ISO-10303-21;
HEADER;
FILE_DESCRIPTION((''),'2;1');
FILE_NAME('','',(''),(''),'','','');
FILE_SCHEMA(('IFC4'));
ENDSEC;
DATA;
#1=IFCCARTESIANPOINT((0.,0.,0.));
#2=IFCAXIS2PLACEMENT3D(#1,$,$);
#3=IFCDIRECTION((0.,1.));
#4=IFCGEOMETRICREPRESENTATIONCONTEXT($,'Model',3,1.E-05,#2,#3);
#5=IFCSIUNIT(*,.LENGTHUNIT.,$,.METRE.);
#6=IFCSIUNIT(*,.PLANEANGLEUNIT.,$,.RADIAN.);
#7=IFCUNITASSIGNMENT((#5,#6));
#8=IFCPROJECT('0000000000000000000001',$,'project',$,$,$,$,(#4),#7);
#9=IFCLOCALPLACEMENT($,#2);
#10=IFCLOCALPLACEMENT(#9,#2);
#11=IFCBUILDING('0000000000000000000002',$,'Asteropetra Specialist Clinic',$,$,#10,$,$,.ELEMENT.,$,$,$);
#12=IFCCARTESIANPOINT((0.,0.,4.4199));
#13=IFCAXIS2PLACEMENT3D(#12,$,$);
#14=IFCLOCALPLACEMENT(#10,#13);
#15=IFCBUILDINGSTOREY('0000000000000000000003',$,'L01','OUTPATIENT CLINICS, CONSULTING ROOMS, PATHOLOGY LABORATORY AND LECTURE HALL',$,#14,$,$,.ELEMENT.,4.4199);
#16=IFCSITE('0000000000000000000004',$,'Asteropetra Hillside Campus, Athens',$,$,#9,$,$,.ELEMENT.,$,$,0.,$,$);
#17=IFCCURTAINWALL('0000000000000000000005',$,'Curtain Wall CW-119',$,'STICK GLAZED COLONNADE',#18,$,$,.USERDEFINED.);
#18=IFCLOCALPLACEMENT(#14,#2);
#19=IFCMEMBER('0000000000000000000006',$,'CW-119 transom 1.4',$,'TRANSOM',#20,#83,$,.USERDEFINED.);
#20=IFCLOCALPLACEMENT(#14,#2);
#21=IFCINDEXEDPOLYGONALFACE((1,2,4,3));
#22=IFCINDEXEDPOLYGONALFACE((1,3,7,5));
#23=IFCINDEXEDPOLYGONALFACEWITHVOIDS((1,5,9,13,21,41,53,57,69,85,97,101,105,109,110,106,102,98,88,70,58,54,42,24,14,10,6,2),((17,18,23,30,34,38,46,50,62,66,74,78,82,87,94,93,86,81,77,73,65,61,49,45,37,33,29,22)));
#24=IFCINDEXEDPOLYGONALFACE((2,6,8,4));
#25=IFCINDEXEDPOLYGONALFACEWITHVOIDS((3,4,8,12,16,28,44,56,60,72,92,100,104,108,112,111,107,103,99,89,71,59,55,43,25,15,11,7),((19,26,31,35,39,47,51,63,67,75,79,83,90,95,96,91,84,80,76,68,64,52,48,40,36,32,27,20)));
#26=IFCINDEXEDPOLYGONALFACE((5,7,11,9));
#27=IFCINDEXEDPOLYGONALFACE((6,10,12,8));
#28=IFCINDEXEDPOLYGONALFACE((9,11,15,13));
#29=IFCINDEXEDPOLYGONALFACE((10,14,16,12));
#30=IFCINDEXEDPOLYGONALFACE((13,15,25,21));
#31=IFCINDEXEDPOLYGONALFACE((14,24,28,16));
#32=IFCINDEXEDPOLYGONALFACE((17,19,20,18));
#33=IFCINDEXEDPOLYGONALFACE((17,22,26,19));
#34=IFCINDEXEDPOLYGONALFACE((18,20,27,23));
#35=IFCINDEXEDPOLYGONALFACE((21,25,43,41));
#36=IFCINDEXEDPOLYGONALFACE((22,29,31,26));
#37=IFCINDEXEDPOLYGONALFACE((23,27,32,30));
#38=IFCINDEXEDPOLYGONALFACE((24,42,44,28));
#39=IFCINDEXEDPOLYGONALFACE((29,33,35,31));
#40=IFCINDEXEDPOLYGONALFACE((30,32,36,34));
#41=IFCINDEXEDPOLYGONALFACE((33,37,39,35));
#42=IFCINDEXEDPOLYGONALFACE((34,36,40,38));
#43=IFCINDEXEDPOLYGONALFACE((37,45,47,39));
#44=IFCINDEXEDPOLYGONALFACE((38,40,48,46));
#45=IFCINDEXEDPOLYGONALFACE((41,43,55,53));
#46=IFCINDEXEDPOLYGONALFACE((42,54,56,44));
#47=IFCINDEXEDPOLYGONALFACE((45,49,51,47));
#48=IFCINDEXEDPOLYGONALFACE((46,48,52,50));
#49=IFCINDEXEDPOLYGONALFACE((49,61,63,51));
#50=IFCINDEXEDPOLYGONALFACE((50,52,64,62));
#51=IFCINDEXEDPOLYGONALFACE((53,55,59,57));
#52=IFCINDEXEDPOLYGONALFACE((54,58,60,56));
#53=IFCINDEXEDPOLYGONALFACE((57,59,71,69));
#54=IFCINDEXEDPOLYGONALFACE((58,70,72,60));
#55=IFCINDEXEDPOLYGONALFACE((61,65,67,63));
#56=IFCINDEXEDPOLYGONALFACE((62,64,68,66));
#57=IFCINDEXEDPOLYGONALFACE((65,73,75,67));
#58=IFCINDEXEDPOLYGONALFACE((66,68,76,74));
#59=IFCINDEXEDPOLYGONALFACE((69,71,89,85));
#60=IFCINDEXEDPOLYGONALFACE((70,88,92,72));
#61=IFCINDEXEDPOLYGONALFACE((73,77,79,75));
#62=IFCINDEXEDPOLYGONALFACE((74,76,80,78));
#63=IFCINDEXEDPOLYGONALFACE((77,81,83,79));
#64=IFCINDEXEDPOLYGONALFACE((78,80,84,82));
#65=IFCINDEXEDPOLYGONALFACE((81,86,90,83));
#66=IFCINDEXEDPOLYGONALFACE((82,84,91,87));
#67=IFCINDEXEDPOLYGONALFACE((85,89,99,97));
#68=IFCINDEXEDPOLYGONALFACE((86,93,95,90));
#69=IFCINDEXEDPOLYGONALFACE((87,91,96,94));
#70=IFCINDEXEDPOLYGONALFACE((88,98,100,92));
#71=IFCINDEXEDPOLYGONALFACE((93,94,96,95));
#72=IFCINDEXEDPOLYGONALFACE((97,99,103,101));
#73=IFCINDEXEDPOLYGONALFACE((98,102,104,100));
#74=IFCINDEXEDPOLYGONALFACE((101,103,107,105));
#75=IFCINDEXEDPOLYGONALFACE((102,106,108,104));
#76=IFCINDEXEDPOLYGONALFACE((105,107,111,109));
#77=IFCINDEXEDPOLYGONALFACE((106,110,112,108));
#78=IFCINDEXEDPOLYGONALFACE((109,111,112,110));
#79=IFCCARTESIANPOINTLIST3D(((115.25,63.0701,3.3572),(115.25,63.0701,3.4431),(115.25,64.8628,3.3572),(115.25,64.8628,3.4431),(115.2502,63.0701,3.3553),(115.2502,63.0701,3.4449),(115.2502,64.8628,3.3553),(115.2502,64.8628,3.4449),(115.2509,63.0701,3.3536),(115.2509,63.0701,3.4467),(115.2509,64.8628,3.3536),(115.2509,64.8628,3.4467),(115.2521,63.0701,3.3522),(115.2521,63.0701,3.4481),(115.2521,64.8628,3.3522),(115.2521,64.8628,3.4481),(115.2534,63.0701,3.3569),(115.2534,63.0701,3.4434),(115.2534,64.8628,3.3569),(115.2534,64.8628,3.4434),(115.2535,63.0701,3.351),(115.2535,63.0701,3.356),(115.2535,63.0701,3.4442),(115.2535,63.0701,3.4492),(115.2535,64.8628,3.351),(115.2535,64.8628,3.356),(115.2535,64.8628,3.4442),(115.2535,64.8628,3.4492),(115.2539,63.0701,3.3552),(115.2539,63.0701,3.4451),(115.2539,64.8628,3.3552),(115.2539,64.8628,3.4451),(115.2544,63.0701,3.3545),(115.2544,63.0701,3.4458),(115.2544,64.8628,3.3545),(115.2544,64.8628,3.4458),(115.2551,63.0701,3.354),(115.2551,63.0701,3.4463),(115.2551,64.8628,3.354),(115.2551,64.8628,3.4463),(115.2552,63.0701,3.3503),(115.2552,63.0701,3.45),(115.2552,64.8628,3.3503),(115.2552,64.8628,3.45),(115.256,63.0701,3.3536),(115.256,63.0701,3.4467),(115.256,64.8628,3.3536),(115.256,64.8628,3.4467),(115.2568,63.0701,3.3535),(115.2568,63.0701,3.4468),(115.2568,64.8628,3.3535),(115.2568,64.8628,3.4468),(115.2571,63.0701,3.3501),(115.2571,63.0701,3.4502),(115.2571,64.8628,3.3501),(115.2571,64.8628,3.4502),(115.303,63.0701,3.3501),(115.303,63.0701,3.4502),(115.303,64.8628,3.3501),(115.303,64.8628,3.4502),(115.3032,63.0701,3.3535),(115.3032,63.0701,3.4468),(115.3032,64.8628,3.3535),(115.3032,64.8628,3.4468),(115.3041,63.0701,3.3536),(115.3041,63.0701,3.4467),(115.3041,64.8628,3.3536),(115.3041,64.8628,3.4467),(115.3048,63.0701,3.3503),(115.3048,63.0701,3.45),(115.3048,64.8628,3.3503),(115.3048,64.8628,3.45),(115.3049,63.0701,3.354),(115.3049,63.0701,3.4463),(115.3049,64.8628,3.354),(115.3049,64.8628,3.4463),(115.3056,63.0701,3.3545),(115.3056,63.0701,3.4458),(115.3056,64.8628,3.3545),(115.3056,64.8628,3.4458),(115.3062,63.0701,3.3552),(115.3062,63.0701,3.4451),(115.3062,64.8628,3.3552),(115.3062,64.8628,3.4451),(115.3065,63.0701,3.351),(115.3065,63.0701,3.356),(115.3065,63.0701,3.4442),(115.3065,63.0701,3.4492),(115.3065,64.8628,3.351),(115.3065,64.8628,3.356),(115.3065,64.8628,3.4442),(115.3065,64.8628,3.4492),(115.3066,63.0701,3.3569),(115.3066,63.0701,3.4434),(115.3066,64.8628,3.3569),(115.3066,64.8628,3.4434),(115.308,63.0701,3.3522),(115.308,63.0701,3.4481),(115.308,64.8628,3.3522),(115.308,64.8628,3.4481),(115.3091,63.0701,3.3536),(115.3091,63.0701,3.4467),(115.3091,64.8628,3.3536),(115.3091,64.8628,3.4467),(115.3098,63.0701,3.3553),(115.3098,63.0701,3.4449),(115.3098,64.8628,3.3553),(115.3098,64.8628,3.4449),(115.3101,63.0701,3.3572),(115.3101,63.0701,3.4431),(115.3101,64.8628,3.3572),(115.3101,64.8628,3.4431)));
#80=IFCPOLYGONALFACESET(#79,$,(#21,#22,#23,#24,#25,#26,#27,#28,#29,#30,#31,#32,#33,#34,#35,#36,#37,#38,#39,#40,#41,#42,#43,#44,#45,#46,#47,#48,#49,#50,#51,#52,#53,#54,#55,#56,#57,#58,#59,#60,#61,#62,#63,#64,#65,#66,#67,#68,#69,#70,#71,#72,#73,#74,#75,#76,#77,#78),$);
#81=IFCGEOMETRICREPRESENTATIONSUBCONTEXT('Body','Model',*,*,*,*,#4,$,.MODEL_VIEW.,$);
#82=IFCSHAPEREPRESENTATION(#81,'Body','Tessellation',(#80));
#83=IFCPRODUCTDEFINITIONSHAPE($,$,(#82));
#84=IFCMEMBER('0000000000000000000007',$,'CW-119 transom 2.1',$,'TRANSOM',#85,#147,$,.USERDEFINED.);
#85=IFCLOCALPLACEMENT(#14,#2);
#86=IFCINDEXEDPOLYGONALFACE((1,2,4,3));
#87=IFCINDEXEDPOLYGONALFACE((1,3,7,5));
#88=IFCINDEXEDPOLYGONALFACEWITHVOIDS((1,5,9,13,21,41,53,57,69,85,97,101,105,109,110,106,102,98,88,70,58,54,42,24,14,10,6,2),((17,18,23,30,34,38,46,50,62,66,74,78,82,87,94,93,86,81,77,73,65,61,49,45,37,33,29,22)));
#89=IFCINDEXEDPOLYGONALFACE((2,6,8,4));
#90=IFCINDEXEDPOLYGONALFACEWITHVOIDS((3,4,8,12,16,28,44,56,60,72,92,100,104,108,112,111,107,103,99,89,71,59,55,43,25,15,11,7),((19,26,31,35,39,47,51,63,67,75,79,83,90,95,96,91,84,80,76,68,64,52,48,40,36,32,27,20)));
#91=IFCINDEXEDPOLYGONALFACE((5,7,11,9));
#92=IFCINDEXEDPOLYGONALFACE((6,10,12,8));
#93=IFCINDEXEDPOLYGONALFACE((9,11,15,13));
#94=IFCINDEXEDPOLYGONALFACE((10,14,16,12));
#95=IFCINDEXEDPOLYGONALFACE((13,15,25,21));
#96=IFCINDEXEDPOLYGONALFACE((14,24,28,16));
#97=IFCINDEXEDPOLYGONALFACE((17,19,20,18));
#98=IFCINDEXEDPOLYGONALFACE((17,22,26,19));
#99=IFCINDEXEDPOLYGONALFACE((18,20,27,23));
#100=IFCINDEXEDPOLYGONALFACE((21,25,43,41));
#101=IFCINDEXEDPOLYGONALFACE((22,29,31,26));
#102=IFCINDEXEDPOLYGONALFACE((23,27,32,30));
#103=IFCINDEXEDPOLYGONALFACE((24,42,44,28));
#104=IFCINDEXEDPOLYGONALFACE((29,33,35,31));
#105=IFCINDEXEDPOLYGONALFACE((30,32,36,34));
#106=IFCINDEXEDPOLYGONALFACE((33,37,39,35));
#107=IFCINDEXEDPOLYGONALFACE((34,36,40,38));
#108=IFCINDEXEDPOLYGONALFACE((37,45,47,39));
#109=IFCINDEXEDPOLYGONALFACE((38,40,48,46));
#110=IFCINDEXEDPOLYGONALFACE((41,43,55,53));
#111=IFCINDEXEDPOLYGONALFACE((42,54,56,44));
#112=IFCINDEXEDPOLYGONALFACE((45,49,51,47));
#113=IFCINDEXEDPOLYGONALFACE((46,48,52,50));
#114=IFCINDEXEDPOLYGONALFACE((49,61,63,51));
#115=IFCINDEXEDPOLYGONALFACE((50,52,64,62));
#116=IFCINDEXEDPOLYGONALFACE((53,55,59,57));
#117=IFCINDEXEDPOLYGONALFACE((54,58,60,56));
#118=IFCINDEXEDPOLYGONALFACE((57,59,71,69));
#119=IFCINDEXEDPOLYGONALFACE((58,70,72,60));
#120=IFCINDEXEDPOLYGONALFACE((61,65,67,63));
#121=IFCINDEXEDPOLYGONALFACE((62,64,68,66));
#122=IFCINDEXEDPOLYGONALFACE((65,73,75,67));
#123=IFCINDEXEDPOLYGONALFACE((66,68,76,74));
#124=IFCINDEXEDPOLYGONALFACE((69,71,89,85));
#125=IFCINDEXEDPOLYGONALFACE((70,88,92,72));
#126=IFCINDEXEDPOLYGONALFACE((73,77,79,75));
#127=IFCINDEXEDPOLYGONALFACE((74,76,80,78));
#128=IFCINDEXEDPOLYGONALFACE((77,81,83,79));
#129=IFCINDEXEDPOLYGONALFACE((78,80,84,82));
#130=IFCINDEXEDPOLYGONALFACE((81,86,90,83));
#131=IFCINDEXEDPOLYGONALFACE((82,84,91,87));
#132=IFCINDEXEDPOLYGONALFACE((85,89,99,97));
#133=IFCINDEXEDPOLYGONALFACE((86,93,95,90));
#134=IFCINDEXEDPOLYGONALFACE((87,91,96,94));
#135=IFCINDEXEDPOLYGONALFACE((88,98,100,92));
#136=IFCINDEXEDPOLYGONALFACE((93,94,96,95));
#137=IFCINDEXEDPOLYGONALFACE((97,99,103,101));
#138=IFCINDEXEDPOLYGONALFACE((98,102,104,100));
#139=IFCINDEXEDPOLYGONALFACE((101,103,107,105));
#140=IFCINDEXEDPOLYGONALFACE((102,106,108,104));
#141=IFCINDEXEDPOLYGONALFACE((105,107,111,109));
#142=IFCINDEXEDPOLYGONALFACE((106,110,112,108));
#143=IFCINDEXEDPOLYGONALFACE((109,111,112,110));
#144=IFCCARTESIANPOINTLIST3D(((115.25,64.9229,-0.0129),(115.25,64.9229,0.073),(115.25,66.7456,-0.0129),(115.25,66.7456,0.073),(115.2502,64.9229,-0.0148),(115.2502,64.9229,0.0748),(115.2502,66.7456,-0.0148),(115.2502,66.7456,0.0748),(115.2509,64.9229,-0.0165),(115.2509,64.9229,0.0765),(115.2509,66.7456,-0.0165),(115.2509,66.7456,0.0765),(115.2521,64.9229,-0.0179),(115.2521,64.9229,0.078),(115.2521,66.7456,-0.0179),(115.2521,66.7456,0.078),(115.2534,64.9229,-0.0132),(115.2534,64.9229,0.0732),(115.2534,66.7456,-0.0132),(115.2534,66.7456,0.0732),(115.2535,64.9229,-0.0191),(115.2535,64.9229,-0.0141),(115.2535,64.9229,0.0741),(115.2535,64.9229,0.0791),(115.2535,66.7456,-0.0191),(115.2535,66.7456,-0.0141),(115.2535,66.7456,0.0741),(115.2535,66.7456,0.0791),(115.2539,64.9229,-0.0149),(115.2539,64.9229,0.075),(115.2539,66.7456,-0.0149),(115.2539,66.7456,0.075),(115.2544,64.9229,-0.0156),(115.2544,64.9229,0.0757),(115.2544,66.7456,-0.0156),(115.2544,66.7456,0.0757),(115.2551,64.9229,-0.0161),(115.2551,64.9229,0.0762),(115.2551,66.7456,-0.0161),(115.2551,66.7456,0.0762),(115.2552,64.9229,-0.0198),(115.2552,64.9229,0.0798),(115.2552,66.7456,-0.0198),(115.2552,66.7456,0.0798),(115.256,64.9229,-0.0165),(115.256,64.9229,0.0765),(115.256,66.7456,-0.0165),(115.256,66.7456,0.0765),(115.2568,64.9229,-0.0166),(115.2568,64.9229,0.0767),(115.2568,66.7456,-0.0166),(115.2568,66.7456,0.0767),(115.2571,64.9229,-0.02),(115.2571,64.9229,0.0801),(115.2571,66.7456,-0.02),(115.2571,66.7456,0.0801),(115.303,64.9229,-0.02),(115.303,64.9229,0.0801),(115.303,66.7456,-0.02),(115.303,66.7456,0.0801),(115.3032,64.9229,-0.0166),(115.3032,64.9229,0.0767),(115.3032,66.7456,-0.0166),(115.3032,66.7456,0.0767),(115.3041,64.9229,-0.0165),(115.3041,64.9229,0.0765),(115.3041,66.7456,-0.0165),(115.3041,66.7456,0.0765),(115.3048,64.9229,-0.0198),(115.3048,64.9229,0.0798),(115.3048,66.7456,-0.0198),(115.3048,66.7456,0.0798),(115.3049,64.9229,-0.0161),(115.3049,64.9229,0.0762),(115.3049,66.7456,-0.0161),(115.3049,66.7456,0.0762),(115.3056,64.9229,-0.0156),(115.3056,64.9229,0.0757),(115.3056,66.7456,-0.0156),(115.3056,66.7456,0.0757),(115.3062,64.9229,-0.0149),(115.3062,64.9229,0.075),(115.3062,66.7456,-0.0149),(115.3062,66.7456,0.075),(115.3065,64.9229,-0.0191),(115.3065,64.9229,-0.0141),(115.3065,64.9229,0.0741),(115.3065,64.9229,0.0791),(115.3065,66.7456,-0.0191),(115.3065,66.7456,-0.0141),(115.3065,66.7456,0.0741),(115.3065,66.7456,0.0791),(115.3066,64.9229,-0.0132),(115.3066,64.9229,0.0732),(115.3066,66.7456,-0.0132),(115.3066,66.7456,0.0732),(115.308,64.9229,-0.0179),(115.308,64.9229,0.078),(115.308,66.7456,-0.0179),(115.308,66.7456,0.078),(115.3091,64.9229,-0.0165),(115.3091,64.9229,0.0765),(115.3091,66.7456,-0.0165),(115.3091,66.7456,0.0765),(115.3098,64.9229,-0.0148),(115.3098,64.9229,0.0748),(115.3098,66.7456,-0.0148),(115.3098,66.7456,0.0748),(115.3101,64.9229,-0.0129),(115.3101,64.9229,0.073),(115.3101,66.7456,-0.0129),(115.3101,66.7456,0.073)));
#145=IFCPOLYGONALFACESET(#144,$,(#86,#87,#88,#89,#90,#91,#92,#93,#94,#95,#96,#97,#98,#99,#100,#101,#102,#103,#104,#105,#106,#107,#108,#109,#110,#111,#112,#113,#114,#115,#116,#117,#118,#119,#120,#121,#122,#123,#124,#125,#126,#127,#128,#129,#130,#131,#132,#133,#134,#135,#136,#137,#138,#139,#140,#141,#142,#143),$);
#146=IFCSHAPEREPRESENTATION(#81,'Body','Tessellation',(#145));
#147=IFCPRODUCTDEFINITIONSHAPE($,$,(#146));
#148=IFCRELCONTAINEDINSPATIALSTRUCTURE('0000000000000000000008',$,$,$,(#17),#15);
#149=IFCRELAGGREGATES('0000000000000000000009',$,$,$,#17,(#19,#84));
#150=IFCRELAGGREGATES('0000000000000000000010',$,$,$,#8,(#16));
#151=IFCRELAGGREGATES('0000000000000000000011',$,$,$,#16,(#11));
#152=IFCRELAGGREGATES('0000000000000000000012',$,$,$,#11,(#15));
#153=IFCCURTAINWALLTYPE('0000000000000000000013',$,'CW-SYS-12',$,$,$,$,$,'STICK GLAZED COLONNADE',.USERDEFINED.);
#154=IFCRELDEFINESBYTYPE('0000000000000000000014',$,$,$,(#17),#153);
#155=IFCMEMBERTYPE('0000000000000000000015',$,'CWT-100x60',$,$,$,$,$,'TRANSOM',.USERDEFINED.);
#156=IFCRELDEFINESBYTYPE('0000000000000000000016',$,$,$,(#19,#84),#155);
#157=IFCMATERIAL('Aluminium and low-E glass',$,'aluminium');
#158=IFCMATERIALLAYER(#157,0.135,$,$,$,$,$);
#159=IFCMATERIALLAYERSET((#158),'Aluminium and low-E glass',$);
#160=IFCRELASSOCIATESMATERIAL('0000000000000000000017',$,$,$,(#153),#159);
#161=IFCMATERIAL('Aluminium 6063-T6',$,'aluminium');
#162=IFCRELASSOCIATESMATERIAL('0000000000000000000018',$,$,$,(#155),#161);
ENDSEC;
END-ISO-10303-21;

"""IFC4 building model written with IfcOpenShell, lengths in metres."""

from ifc_helpers import new_model, si_unit, direction, frame, origin, origin_2d, place, context, subcontext, project, spatial, hollow_rectangle, extrude, material, layer, layer_set, material_profile, profile_set, type_object, element, aggregate, save


model = new_model("IFC4")

# Units and contexts
model_context = context("Model", 3, precision=1e-05, world=origin(), true_north=direction((0.0, 1.0)))
body_context = subcontext(model_context, "Body", "Model", "MODEL_VIEW")
ifc_project = project(units=[si_unit("LENGTHUNIT", "METRE"), si_unit("PLANEANGLEUNIT", "RADIAN")], contexts=[model_context])

# Site, building, storey
site_placement = place(None, origin())
site = spatial("IfcSite", under=ifc_project, at=site_placement, Name="Asteropetra Hillside Campus, Athens", CompositionType="ELEMENT", RefElevation=0.0)
building_placement = place(site_placement, origin())
building = spatial("IfcBuilding", under=site, at=building_placement, Name="Asteropetra Specialist Clinic", CompositionType="ELEMENT")
storey_placement = place(building_placement, frame((0.0, 0.0, 4.4199)))
storey = spatial("IfcBuildingStorey", under=building, at=storey_placement, Name="L01", Description="OUTPATIENT CLINICS, CONSULTING ROOMS, PATHOLOGY LABORATORY AND LECTURE HALL", CompositionType="ELEMENT", Elevation=4.4199)

# Curtain wall, members
ifc_material_1 = material(Name="Aluminium and low-E glass", Category="aluminium")
ifc_layer_1 = layer(ifc_material_1, 0.135)
ifc_layer_set_1 = layer_set([ifc_layer_1], Name="Aluminium and low-E glass")
curtain_wall_type = type_object("IfcCurtainWallType", Name="CW-SYS-12", ElementType="STICK GLAZED COLONNADE", PredefinedType="USERDEFINED", material=ifc_layer_set_1)
curtain_wall_placement = place(storey_placement, origin())
curtain_wall = element("IfcCurtainWall", 1, at=curtain_wall_placement, inside=storey, type_object=curtain_wall_type, Name="Curtain Wall CW-119", ObjectType="STICK GLAZED COLONNADE", PredefinedType="USERDEFINED")
ifc_material_2 = material(Name="Aluminium 6063-T6", Category="aluminium")
ifc_material_profile_1 = material_profile(ifc_material_2, hollow_rectangle(XDim=0.0601, YDim=0.1001, WallThickness=0.0034, InnerFilletRadius=0.0034, OuterFilletRadius=0.0071, at=origin_2d()), Name="TRN 100x60x3.5")
ifc_profile_set_1 = profile_set([ifc_material_profile_1], Name="Aluminium 6063-T6")
member_type_1 = type_object("IfcMemberType", Name="CWT-100x60", ElementType="TRANSOM", PredefinedType="USERDEFINED", material=ifc_profile_set_1)
member_1_placement = place(storey_placement, frame((115.28, 63.0701, 3.4001), z_axis=(0.0, 1.0, 0.0), x_axis=(-1.0, 0.0, 0.0)))
member_1 = element("IfcMember", 2, at=member_1_placement, type_object=member_type_1, Name="CW-119 transom 1.4", ObjectType="TRANSOM", PredefinedType="USERDEFINED", context=body_context, shape_type="SweptSolid", body=[
    extrude(hollow_rectangle(XDim=0.0601, YDim=0.1001, WallThickness=0.0034, InnerFilletRadius=0.0034, OuterFilletRadius=0.0071, at=origin_2d()), origin(), (0.0, 0.0, 1.0), 1.7927),
])
member_2_placement = place(storey_placement, frame((115.28, 64.9229, 0.03), z_axis=(0.0, 1.0, 0.0), x_axis=(-1.0, 0.0, 0.0)))
member_2 = element("IfcMember", 3, at=member_2_placement, type_object=member_type_1, Name="CW-119 transom 2.1", ObjectType="TRANSOM", PredefinedType="USERDEFINED", context=body_context, shape_type="SweptSolid", body=[
    extrude(hollow_rectangle(XDim=0.0601, YDim=0.1001, WallThickness=0.0034, InnerFilletRadius=0.0034, OuterFilletRadius=0.0071, at=origin_2d()), origin(), (0.0, 0.0, 1.0), 1.8228),
])
aggregate(curtain_wall, [member_1, member_2])

save(model, "model.ifc")
